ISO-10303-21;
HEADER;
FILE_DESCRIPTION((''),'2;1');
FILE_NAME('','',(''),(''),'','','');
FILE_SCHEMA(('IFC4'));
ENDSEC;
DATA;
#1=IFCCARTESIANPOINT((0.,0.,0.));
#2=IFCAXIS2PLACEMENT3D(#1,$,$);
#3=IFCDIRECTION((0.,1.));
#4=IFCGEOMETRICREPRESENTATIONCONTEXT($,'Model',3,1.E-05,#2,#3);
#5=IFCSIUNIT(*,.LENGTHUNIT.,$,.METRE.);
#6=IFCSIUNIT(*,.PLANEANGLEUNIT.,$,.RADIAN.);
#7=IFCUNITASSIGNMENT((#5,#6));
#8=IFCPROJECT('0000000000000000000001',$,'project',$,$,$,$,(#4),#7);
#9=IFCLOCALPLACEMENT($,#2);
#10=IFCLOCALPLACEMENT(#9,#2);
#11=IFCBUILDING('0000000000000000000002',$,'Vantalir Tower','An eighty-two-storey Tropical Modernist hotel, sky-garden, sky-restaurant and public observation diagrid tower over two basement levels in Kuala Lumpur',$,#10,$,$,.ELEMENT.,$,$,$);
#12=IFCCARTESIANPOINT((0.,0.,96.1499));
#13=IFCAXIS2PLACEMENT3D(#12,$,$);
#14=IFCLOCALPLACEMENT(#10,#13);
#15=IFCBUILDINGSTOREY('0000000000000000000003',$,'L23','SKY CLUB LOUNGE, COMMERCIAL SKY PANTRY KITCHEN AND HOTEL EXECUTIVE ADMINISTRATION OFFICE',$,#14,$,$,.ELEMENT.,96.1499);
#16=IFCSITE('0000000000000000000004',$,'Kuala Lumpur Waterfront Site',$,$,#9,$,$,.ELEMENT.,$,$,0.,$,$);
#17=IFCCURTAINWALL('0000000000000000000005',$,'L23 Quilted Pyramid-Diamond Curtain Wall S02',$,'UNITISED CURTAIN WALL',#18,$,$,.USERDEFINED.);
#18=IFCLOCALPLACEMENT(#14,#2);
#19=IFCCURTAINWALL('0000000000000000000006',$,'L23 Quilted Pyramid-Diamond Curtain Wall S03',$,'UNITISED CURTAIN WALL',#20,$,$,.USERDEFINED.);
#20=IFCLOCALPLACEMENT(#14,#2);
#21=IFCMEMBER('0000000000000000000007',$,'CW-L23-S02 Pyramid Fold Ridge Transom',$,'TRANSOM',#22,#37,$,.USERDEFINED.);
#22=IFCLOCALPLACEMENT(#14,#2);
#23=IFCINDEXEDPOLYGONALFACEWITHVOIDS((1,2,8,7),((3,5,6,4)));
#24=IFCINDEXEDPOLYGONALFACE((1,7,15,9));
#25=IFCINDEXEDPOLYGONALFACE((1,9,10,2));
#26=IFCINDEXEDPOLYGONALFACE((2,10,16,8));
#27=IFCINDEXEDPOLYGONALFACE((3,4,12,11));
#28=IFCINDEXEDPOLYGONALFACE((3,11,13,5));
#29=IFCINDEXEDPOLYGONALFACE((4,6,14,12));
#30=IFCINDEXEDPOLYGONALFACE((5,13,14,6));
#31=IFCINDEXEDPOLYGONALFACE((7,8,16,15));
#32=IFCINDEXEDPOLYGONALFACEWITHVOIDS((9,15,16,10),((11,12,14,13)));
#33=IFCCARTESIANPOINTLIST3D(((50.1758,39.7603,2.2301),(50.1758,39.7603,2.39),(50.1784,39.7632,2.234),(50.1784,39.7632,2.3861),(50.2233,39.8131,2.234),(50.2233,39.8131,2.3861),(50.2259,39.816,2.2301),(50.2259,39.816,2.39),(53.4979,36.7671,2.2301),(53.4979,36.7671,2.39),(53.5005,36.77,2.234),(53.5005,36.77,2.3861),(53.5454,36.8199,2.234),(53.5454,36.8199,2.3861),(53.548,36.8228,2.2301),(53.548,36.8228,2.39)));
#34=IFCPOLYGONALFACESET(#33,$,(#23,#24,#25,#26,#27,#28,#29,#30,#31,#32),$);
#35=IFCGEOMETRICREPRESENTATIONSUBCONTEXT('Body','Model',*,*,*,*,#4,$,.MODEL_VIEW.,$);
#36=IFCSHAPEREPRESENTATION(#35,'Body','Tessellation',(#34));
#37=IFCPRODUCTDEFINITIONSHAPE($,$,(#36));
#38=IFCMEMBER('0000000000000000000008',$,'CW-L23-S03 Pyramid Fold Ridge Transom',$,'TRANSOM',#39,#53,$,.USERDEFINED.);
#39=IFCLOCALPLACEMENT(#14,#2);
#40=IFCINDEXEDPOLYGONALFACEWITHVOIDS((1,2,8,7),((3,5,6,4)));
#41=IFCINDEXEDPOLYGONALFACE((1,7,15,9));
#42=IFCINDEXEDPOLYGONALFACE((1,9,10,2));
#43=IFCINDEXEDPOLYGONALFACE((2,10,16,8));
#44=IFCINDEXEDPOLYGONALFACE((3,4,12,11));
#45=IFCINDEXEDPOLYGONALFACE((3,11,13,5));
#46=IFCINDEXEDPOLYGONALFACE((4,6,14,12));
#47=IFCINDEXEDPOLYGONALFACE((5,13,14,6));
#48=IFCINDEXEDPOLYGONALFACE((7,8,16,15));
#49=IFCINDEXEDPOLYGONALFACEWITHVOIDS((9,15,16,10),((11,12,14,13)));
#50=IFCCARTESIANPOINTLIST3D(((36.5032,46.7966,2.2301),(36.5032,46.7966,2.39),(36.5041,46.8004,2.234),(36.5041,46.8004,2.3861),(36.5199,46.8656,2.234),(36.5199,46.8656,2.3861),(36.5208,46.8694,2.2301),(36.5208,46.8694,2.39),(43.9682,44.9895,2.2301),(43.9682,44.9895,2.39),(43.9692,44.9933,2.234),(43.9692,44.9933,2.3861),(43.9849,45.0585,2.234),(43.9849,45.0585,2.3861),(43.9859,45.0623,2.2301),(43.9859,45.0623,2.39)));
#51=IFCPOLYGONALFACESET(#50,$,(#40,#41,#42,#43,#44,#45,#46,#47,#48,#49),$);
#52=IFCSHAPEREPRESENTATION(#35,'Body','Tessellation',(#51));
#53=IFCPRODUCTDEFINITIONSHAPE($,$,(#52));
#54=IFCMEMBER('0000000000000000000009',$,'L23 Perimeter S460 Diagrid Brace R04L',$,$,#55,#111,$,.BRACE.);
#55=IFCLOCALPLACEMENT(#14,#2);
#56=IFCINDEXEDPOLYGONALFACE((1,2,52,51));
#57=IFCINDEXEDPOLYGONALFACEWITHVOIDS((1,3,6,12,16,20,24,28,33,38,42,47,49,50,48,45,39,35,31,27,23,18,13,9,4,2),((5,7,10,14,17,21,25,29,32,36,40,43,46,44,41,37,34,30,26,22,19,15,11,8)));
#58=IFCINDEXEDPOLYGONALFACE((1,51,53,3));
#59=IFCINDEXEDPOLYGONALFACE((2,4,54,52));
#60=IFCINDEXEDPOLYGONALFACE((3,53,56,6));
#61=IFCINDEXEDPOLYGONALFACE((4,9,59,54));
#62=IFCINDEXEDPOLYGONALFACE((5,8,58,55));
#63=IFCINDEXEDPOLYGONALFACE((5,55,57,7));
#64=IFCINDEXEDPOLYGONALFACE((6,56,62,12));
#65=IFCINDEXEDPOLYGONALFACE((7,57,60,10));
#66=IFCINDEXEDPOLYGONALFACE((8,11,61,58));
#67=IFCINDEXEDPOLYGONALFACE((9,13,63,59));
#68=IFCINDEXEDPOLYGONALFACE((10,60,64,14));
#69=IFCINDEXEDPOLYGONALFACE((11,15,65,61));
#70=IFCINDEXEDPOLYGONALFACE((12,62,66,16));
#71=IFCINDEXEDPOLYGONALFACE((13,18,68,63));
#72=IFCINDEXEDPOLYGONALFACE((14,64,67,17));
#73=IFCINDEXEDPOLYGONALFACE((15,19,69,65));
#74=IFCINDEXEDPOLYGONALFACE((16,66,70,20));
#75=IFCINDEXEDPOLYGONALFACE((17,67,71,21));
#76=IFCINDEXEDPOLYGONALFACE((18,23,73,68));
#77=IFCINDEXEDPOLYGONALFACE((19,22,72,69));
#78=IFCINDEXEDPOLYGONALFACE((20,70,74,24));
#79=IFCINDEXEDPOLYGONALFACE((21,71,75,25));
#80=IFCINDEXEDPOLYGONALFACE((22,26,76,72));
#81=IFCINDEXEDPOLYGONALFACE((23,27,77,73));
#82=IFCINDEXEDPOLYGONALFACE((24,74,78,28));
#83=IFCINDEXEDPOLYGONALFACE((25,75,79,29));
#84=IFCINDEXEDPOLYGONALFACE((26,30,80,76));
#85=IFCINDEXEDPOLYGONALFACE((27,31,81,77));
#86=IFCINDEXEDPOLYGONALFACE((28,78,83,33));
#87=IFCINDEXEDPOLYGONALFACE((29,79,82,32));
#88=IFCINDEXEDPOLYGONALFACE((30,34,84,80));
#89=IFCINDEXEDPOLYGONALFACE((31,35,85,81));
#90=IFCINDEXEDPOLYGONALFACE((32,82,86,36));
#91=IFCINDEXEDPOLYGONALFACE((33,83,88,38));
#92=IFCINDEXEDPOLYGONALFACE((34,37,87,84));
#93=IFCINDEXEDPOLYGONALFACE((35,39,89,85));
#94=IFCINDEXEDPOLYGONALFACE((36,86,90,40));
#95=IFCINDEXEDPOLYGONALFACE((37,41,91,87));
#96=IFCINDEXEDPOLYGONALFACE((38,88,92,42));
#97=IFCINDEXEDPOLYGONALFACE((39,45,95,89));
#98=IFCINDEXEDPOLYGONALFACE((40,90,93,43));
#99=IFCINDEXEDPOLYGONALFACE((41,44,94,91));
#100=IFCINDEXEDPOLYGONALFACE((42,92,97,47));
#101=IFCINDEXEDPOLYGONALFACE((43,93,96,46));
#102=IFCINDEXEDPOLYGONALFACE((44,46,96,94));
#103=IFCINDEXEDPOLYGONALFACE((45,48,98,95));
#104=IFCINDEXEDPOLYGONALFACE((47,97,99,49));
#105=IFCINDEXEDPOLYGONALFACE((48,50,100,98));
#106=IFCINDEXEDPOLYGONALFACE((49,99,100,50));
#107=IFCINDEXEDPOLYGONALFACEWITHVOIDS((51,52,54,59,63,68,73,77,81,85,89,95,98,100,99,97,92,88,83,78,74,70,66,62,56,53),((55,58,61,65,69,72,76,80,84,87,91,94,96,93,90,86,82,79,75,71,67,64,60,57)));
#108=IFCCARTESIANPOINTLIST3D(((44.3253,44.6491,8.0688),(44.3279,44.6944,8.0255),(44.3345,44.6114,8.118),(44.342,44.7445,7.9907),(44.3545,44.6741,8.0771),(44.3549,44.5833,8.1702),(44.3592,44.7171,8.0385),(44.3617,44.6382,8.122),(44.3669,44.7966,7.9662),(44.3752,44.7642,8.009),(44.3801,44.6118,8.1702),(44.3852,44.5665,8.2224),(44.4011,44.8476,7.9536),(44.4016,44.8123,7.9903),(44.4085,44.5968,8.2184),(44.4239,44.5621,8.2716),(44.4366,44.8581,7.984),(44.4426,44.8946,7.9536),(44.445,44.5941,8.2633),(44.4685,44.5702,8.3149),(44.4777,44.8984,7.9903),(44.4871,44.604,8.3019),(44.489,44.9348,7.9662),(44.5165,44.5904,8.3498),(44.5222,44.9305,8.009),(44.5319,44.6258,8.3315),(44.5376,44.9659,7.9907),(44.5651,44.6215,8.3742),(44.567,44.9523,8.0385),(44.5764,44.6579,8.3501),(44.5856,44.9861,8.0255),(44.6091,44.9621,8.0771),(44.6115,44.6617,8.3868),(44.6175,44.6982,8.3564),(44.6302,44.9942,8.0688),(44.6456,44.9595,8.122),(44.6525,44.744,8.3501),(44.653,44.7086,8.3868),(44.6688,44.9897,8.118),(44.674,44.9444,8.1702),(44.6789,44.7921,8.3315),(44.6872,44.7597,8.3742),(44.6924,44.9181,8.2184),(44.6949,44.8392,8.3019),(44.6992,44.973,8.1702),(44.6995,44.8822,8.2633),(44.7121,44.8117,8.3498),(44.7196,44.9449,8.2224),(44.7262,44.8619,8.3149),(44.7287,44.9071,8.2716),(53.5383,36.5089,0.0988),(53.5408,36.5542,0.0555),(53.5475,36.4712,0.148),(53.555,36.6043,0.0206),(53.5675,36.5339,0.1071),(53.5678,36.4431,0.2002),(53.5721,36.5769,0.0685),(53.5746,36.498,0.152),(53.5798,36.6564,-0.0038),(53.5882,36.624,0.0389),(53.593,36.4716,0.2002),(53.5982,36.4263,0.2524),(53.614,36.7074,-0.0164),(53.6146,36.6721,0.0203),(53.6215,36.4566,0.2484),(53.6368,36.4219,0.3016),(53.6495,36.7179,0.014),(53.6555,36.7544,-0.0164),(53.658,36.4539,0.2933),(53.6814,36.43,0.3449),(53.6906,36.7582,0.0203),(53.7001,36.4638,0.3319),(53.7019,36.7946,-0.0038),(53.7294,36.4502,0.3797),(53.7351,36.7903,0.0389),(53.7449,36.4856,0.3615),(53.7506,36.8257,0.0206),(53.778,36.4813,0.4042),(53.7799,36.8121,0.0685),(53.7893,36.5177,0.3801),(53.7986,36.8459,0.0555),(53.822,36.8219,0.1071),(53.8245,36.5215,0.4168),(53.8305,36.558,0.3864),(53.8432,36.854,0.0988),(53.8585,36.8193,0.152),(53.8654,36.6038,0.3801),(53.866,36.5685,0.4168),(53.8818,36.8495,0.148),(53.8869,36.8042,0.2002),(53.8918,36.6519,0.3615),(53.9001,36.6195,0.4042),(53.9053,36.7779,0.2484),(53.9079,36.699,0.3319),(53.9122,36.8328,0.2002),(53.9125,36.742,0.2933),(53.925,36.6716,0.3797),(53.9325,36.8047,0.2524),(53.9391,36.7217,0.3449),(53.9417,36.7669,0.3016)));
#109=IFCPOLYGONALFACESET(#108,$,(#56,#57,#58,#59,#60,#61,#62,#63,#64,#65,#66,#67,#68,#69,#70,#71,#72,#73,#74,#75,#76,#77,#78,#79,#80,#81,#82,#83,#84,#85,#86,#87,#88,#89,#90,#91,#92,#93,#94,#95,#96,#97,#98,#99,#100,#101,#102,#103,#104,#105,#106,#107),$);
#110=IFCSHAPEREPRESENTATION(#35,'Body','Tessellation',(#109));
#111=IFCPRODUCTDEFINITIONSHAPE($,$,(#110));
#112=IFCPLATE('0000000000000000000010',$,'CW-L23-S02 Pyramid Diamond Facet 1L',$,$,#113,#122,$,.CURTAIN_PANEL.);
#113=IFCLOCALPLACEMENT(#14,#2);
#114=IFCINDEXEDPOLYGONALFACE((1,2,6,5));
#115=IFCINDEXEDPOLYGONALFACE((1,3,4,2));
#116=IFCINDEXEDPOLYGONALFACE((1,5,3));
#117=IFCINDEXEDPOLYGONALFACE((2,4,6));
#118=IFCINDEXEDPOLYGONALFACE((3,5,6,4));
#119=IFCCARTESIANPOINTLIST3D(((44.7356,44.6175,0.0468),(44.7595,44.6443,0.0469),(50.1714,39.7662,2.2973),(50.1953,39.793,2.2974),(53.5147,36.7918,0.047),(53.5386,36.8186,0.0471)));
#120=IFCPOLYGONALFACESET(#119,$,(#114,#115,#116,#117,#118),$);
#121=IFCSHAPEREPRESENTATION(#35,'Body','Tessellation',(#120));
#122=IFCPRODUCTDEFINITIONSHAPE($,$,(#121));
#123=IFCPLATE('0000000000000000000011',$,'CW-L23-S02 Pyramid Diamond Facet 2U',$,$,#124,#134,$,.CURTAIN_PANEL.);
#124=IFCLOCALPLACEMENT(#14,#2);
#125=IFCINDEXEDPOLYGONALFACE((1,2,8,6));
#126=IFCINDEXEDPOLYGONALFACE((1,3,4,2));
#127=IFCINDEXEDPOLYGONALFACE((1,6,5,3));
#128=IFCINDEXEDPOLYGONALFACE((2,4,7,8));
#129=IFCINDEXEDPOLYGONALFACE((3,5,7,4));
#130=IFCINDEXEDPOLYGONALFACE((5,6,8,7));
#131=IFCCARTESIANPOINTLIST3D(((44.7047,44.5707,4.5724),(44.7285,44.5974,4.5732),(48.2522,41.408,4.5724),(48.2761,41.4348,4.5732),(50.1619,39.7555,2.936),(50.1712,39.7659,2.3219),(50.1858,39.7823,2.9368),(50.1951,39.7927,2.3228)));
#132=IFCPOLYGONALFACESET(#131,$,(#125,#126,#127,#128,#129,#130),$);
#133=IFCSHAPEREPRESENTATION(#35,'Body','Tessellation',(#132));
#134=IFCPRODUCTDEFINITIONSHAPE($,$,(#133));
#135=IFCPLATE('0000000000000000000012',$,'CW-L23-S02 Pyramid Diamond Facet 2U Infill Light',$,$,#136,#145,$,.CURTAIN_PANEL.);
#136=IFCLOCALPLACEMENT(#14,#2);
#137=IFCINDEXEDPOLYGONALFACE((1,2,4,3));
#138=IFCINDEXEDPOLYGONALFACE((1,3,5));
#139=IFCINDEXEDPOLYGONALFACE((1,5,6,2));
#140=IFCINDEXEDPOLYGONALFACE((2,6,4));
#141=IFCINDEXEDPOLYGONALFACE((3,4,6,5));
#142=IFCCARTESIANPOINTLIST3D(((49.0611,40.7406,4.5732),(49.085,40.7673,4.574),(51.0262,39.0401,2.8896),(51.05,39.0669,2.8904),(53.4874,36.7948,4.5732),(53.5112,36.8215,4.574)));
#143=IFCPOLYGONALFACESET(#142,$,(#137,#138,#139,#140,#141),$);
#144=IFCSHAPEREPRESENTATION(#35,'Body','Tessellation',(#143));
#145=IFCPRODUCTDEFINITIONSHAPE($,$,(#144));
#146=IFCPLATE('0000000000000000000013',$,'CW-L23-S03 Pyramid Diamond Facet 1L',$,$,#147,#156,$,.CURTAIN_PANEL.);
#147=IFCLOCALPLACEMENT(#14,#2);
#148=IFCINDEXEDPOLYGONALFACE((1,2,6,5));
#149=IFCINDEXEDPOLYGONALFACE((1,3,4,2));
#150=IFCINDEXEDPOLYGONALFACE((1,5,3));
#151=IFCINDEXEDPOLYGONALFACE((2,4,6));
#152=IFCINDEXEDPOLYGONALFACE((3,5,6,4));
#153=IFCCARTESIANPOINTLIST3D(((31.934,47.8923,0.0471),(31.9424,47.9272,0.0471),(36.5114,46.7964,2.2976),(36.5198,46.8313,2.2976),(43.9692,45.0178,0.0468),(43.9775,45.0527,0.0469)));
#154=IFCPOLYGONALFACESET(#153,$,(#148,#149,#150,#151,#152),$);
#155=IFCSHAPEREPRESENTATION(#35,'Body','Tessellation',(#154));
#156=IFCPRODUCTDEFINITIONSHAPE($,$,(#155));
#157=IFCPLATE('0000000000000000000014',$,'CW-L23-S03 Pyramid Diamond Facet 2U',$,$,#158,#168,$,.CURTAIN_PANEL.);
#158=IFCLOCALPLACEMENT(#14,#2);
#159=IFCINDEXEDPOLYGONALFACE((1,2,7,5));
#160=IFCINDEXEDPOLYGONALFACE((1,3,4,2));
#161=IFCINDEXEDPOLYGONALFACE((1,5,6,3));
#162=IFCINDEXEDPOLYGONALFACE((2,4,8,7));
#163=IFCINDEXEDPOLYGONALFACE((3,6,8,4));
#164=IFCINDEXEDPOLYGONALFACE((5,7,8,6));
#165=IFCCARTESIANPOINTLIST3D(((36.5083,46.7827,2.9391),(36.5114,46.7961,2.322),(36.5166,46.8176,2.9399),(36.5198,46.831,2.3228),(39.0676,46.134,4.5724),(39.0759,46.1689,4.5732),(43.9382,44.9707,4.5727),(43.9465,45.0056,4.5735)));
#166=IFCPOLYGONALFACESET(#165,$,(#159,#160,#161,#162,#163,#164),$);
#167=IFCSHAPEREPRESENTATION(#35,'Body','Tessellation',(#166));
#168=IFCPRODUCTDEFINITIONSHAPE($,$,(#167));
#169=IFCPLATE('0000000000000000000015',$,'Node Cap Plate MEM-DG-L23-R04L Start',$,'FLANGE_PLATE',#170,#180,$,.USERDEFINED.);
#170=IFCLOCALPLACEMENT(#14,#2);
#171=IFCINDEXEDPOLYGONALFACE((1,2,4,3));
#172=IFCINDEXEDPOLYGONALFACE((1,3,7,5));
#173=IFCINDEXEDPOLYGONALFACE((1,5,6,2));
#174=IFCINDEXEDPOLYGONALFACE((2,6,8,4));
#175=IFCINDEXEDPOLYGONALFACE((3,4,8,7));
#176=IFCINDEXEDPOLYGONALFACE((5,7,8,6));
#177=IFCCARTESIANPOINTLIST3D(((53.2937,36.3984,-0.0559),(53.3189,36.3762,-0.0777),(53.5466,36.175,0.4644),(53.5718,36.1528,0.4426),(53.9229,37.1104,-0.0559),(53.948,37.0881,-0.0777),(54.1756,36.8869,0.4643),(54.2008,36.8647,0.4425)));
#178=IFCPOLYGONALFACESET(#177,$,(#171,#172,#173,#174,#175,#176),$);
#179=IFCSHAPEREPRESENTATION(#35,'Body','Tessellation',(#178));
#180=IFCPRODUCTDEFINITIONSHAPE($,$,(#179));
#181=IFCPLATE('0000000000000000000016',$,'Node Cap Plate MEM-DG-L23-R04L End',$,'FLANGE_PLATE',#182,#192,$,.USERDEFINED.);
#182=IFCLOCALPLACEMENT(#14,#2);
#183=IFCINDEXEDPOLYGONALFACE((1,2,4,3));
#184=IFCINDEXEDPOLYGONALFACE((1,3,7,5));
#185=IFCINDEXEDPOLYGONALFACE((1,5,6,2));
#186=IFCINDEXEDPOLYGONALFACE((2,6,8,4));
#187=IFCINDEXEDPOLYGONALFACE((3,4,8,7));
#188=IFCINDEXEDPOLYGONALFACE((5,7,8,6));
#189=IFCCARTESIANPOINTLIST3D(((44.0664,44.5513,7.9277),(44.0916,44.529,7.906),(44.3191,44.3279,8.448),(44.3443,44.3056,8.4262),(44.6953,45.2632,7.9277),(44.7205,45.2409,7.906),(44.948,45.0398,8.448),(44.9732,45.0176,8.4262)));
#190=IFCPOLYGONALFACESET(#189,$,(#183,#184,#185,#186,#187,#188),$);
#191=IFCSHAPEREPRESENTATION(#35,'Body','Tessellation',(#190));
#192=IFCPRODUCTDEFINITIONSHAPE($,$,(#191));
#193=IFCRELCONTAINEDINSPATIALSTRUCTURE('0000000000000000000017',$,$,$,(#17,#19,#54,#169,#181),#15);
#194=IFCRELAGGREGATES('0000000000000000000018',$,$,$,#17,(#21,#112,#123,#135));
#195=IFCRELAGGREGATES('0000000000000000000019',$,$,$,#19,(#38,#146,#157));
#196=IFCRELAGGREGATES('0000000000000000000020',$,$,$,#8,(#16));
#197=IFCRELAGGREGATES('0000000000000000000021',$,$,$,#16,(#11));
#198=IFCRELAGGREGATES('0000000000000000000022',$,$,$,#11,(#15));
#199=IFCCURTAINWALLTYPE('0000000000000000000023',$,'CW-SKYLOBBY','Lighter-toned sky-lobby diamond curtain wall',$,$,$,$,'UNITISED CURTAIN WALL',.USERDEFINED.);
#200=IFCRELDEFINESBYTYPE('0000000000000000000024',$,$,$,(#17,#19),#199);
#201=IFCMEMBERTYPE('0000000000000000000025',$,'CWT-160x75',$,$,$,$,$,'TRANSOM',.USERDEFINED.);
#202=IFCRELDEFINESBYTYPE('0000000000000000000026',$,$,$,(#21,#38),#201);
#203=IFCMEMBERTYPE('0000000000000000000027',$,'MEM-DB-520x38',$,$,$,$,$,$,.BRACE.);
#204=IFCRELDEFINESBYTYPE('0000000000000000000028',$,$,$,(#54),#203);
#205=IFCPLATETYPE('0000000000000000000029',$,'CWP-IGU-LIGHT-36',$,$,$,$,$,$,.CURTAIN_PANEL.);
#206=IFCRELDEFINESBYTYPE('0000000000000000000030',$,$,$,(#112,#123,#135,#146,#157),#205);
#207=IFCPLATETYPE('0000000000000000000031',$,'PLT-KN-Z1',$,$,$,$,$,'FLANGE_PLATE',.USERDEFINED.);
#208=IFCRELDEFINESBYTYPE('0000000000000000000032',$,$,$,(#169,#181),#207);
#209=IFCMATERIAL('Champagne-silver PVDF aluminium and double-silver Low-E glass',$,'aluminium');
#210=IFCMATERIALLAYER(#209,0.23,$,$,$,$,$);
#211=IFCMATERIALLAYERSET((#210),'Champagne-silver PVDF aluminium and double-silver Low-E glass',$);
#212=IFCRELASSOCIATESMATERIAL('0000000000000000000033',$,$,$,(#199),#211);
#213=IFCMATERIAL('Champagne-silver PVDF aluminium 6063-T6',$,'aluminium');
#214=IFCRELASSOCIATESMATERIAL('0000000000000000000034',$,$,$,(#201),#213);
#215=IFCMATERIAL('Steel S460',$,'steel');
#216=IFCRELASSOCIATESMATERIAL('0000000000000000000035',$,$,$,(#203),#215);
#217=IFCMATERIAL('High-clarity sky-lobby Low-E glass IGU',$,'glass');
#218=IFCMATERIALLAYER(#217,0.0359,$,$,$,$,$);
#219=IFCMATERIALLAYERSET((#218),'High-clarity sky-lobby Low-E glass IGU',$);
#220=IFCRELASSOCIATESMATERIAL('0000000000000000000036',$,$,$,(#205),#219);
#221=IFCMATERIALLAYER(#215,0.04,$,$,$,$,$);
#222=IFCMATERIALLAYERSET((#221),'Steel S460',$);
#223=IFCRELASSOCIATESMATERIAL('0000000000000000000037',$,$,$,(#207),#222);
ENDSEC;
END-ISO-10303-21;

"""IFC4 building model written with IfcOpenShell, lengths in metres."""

from ifc_helpers import new_model, si_unit, direction, frame, origin, origin_2d, place, context, subcontext, project, spatial, polyline, hollow_rectangle, hollow_circle, outline, extrude, material, layer, layer_set, material_profile, profile_set, type_object, element, aggregate, save


model = new_model("IFC4")

# Units and contexts
model_context = context("Model", 3, precision=1e-05, world=origin(), true_north=direction((0.0, 1.0)))
body_context = subcontext(model_context, "Body", "Model", "MODEL_VIEW")
ifc_project = project(units=[si_unit("LENGTHUNIT", "METRE"), si_unit("PLANEANGLEUNIT", "RADIAN")], contexts=[model_context])

# Site, building, storey
site_placement = place(None, origin())
site = spatial("IfcSite", under=ifc_project, at=site_placement, Name="Kuala Lumpur Waterfront Site", CompositionType="ELEMENT", RefElevation=0.0)
building_placement = place(site_placement, origin())
building = spatial("IfcBuilding", under=site, at=building_placement, Name="Vantalir Tower", Description="An eighty-two-storey Tropical Modernist hotel, sky-garden, sky-restaurant and public observation diagrid tower over two basement levels in Kuala Lumpur", CompositionType="ELEMENT")
storey_placement = place(building_placement, frame((0.0, 0.0, 96.1499)))
storey = spatial("IfcBuildingStorey", under=building, at=storey_placement, Name="L23", Description="SKY CLUB LOUNGE, COMMERCIAL SKY PANTRY KITCHEN AND HOTEL EXECUTIVE ADMINISTRATION OFFICE", CompositionType="ELEMENT", Elevation=96.1499)

# Shared definitions
ifc_material_1 = material(Name="Steel S460", Category="steel")

# Curtain wall
ifc_material_2 = material(Name="Champagne-silver PVDF aluminium and double-silver Low-E glass", Category="aluminium")
ifc_layer_1 = layer(ifc_material_2, 0.23)
ifc_layer_set_1 = layer_set([ifc_layer_1], Name="Champagne-silver PVDF aluminium and double-silver Low-E glass")
curtain_wall_type = type_object("IfcCurtainWallType", Name="CW-SKYLOBBY", Description="Lighter-toned sky-lobby diamond curtain wall", ElementType="UNITISED CURTAIN WALL", PredefinedType="USERDEFINED", material=ifc_layer_set_1)
curtain_wall_1_placement = place(storey_placement, origin())
curtain_wall_1 = element("IfcCurtainWall", 1, at=curtain_wall_1_placement, inside=storey, type_object=curtain_wall_type, Name="L23 Quilted Pyramid-Diamond Curtain Wall S02", ObjectType="UNITISED CURTAIN WALL", PredefinedType="USERDEFINED")
ifc_material_3 = material(Name="Champagne-silver PVDF aluminium 6063-T6", Category="aluminium")

# Curtain wall
curtain_wall_2_placement = place(storey_placement, origin())
curtain_wall_2 = element("IfcCurtainWall", 2, at=curtain_wall_2_placement, inside=storey, type_object=curtain_wall_type, Name="L23 Quilted Pyramid-Diamond Curtain Wall S03", ObjectType="UNITISED CURTAIN WALL", PredefinedType="USERDEFINED")

# Members
ifc_material_profile_1 = material_profile(ifc_material_3, hollow_rectangle(XDim=0.075, YDim=0.1599, WallThickness=0.0039, at=origin_2d()), Name="Champagne-silver PVDF aluminium 6063-T6")
ifc_profile_set_1 = profile_set([ifc_material_profile_1], Name="Champagne-silver PVDF aluminium 6063-T6")
member_type_1 = type_object("IfcMemberType", Name="CWT-160x75", ElementType="TRANSOM", PredefinedType="USERDEFINED", material=ifc_profile_set_1)
member_1_placement = place(storey_placement, frame((53.5229, 36.7949, 2.3101), z_axis=(-0.742922, 0.669378, 0.0), x_axis=(-0.669378, -0.742922, 0.0)))
member_1 = element("IfcMember", 3, at=member_1_placement, type_object=member_type_1, Name="CW-L23-S02 Pyramid Fold Ridge Transom", ObjectType="TRANSOM", PredefinedType="USERDEFINED", context=body_context, shape_type="SweptSolid", body=[
    extrude(hollow_rectangle(XDim=0.075, YDim=0.1599, WallThickness=0.0039, at=origin_2d()), origin(), (0.0, 0.0, 1.0), 4.4717),
])
member_2_placement = place(storey_placement, frame((43.9771, 45.0259, 2.3101), z_axis=(-0.971927, 0.235282, 0.0), x_axis=(-0.235282, -0.971927, 0.0)))
member_2 = element("IfcMember", 4, at=member_2_placement, type_object=member_type_1, Name="CW-L23-S03 Pyramid Fold Ridge Transom", ObjectType="TRANSOM", PredefinedType="USERDEFINED", context=body_context, shape_type="SweptSolid", body=[
    extrude(hollow_rectangle(XDim=0.075, YDim=0.1599, WallThickness=0.0039, at=origin_2d()), origin(), (0.0, 0.0, 1.0), 7.6807),
])
ifc_material_profile_2 = material_profile(ifc_material_1, hollow_circle(Radius=0.26, WallThickness=0.0381, at=origin_2d()), Name="Steel S460")
ifc_profile_set_2 = profile_set([ifc_material_profile_2], Name="Steel S460")
member_type_2 = type_object("IfcMemberType", Name="MEM-DB-520x38", PredefinedType="BRACE", material=ifc_profile_set_2)
member_3_placement = place(storey_placement, frame((53.74, 36.6379, 0.2002), z_axis=(-0.628812, 0.555593, 0.543978), x_axis=(-0.66213, -0.749389, 0.0)))
element("IfcMember", 5, at=member_3_placement, inside=storey, type_object=member_type_2, Name="L23 Perimeter S460 Diagrid Brace R04L", PredefinedType="BRACE", context=body_context, shape_type="SweptSolid", body=[
    extrude(hollow_circle(Radius=0.26, WallThickness=0.0381, at=origin_2d()), origin(), (0.0, 0.0, 1.0), 14.6514),
])

# Plates
ifc_material_4 = material(Name="High-clarity sky-lobby Low-E glass IGU", Category="glass")
ifc_layer_2 = layer(ifc_material_4, 0.0359)
ifc_layer_set_2 = layer_set([ifc_layer_2], Name="High-clarity sky-lobby Low-E glass IGU")
plate_type_1 = type_object("IfcPlateType", Name="CWP-IGU-LIGHT-36", PredefinedType="CURTAIN_PANEL", material=ifc_layer_set_2)
plate_1_placement = place(storey_placement, frame((53.5386, 36.8186, 0.0471), z_axis=(0.665411, 0.746475, 0.001935), x_axis=(-0.746476, 0.665412, -0.000021)))
plate_1 = element("IfcPlate", 6, at=plate_1_placement, type_object=plate_type_1, Name="CW-L23-S02 Pyramid Diamond Facet 1L", PredefinedType="CURTAIN_PANEL", context=body_context, shape_type="SweptSolid", body=[
    extrude(outline(polyline([(0.0, 0.0), (11.7607, 0.0), (4.4748, 2.2503), (0.0, 0.0)])), origin(), (0.0, 0.0, -1.0), 0.0359),
])
plate_2_placement = place(storey_placement, frame((48.2761, 41.4348, 4.5732), z_axis=(0.665274, 0.746253, 0.022755), x_axis=(-0.746446, 0.665446, 0.0)))
plate_2 = element("IfcPlate", 7, at=plate_2_placement, type_object=plate_type_1, Name="CW-L23-S02 Pyramid Diamond Facet 2U", PredefinedType="CURTAIN_PANEL", context=body_context, shape_type="SweptSolid", body=[
    extrude(outline(polyline([(0.0, 0.0), (4.7526, 0.0), (-2.5251, -2.2511), (-2.5252, -1.6369), (0.0, 0.0)])), origin(), (0.0, 0.0, -1.0), 0.0359),
])
plate_3_placement = place(storey_placement, frame((53.5112, 36.8215, 4.574), z_axis=(0.665259, 0.746266, 0.022757), x_axis=(-0.746459, 0.665431, 0.0)))
plate_3 = element("IfcPlate", 8, at=plate_3_placement, type_object=plate_type_1, Name="CW-L23-S02 Pyramid Diamond Facet 2U Infill Light", PredefinedType="CURTAIN_PANEL", context=body_context, shape_type="SweptSolid", body=[
    extrude(outline(polyline([(0.0, 0.0), (5.9297, 0.0), (3.3313, -1.684), (0.0, 0.0)])), origin(), (0.0, 0.0, -1.0), 0.0359),
])
aggregate(curtain_wall_1, [member_1, plate_1, plate_2, plate_3])
plate_4_placement = place(storey_placement, frame((43.9775, 45.0527, 0.0469), z_axis=(0.232309, 0.972641, 0.001154), x_axis=(-0.972642, 0.232309, 0.00002)))
plate_4 = element("IfcPlate", 9, at=plate_4_placement, type_object=plate_type_1, Name="CW-L23-S03 Pyramid Diamond Facet 1L", PredefinedType="CURTAIN_PANEL", context=body_context, shape_type="SweptSolid", body=[
    extrude(outline(polyline([(0.0, 0.0), (12.3737, 0.0), (7.667, 2.2506), (0.0, 0.0)])), origin(), (0.0, 0.0, -1.0), 0.0359),
])
plate_5_placement = place(storey_placement, frame((43.9465, 45.0056, 4.5735), z_axis=(0.232247, 0.972401, 0.022296), x_axis=(-0.972643, 0.232306, -0.000049)))
plate_5 = element("IfcPlate", 10, at=plate_5_placement, type_object=plate_type_1, Name="CW-L23-S03 Pyramid Diamond Facet 2U", PredefinedType="CURTAIN_PANEL", context=body_context, shape_type="SweptSolid", body=[
    extrude(outline(polyline([(0.0, 0.0), (5.0076, 0.0), (7.6477, -1.6336), (7.6478, -2.2509), (0.0, 0.0)])), origin(), (0.0, 0.0, -1.0), 0.0359),
])
aggregate(curtain_wall_2, [member_2, plate_4, plate_5])

# Plates
ifc_layer_3 = layer(ifc_material_1, 0.04)
ifc_layer_set_3 = layer_set([ifc_layer_3], Name="Steel S460")
plate_type_2 = type_object("IfcPlateType", Name="PLT-KN-Z1", ElementType="FLANGE_PLATE", PredefinedType="USERDEFINED", material=ifc_layer_set_3)
plate_6_placement = place(storey_placement, frame((53.9229, 37.1104, -0.0559), z_axis=(-0.628762, 0.555557, 0.544072), x_axis=(-0.662157, -0.749365, -0.000044)))
element("IfcPlate", 11, at=plate_6_placement, inside=storey, type_object=plate_type_2, Name="Node Cap Plate MEM-DG-L23-R04L Start", ObjectType="FLANGE_PLATE", PredefinedType="USERDEFINED", context=body_context, shape_type="SweptSolid", body=[
    extrude(outline(polyline([(0.0, 0.0), (0.9501, 0.0), (0.95, 0.6201), (0.0001, 0.62), (0.0, 0.0)])), origin(), (0.0, 0.0, -1.0), 0.04),
])
plate_7_placement = place(storey_placement, frame((44.6953, 45.2632, 7.9277), z_axis=(-0.628866, 0.555541, 0.543968), x_axis=(-0.662064, -0.749448, 0.0)))
element("IfcPlate", 12, at=plate_7_placement, inside=storey, type_object=plate_type_2, Name="Node Cap Plate MEM-DG-L23-R04L End", ObjectType="FLANGE_PLATE", PredefinedType="USERDEFINED", context=body_context, shape_type="SweptSolid", body=[
    extrude(outline(polyline([(0.0, 0.0), (0.9499, 0.0), (0.95, 0.62), (0.0001, 0.62), (0.0, 0.0)])), origin(), (0.0, 0.0, -1.0), 0.04),
])

save(model, "model.ifc")
